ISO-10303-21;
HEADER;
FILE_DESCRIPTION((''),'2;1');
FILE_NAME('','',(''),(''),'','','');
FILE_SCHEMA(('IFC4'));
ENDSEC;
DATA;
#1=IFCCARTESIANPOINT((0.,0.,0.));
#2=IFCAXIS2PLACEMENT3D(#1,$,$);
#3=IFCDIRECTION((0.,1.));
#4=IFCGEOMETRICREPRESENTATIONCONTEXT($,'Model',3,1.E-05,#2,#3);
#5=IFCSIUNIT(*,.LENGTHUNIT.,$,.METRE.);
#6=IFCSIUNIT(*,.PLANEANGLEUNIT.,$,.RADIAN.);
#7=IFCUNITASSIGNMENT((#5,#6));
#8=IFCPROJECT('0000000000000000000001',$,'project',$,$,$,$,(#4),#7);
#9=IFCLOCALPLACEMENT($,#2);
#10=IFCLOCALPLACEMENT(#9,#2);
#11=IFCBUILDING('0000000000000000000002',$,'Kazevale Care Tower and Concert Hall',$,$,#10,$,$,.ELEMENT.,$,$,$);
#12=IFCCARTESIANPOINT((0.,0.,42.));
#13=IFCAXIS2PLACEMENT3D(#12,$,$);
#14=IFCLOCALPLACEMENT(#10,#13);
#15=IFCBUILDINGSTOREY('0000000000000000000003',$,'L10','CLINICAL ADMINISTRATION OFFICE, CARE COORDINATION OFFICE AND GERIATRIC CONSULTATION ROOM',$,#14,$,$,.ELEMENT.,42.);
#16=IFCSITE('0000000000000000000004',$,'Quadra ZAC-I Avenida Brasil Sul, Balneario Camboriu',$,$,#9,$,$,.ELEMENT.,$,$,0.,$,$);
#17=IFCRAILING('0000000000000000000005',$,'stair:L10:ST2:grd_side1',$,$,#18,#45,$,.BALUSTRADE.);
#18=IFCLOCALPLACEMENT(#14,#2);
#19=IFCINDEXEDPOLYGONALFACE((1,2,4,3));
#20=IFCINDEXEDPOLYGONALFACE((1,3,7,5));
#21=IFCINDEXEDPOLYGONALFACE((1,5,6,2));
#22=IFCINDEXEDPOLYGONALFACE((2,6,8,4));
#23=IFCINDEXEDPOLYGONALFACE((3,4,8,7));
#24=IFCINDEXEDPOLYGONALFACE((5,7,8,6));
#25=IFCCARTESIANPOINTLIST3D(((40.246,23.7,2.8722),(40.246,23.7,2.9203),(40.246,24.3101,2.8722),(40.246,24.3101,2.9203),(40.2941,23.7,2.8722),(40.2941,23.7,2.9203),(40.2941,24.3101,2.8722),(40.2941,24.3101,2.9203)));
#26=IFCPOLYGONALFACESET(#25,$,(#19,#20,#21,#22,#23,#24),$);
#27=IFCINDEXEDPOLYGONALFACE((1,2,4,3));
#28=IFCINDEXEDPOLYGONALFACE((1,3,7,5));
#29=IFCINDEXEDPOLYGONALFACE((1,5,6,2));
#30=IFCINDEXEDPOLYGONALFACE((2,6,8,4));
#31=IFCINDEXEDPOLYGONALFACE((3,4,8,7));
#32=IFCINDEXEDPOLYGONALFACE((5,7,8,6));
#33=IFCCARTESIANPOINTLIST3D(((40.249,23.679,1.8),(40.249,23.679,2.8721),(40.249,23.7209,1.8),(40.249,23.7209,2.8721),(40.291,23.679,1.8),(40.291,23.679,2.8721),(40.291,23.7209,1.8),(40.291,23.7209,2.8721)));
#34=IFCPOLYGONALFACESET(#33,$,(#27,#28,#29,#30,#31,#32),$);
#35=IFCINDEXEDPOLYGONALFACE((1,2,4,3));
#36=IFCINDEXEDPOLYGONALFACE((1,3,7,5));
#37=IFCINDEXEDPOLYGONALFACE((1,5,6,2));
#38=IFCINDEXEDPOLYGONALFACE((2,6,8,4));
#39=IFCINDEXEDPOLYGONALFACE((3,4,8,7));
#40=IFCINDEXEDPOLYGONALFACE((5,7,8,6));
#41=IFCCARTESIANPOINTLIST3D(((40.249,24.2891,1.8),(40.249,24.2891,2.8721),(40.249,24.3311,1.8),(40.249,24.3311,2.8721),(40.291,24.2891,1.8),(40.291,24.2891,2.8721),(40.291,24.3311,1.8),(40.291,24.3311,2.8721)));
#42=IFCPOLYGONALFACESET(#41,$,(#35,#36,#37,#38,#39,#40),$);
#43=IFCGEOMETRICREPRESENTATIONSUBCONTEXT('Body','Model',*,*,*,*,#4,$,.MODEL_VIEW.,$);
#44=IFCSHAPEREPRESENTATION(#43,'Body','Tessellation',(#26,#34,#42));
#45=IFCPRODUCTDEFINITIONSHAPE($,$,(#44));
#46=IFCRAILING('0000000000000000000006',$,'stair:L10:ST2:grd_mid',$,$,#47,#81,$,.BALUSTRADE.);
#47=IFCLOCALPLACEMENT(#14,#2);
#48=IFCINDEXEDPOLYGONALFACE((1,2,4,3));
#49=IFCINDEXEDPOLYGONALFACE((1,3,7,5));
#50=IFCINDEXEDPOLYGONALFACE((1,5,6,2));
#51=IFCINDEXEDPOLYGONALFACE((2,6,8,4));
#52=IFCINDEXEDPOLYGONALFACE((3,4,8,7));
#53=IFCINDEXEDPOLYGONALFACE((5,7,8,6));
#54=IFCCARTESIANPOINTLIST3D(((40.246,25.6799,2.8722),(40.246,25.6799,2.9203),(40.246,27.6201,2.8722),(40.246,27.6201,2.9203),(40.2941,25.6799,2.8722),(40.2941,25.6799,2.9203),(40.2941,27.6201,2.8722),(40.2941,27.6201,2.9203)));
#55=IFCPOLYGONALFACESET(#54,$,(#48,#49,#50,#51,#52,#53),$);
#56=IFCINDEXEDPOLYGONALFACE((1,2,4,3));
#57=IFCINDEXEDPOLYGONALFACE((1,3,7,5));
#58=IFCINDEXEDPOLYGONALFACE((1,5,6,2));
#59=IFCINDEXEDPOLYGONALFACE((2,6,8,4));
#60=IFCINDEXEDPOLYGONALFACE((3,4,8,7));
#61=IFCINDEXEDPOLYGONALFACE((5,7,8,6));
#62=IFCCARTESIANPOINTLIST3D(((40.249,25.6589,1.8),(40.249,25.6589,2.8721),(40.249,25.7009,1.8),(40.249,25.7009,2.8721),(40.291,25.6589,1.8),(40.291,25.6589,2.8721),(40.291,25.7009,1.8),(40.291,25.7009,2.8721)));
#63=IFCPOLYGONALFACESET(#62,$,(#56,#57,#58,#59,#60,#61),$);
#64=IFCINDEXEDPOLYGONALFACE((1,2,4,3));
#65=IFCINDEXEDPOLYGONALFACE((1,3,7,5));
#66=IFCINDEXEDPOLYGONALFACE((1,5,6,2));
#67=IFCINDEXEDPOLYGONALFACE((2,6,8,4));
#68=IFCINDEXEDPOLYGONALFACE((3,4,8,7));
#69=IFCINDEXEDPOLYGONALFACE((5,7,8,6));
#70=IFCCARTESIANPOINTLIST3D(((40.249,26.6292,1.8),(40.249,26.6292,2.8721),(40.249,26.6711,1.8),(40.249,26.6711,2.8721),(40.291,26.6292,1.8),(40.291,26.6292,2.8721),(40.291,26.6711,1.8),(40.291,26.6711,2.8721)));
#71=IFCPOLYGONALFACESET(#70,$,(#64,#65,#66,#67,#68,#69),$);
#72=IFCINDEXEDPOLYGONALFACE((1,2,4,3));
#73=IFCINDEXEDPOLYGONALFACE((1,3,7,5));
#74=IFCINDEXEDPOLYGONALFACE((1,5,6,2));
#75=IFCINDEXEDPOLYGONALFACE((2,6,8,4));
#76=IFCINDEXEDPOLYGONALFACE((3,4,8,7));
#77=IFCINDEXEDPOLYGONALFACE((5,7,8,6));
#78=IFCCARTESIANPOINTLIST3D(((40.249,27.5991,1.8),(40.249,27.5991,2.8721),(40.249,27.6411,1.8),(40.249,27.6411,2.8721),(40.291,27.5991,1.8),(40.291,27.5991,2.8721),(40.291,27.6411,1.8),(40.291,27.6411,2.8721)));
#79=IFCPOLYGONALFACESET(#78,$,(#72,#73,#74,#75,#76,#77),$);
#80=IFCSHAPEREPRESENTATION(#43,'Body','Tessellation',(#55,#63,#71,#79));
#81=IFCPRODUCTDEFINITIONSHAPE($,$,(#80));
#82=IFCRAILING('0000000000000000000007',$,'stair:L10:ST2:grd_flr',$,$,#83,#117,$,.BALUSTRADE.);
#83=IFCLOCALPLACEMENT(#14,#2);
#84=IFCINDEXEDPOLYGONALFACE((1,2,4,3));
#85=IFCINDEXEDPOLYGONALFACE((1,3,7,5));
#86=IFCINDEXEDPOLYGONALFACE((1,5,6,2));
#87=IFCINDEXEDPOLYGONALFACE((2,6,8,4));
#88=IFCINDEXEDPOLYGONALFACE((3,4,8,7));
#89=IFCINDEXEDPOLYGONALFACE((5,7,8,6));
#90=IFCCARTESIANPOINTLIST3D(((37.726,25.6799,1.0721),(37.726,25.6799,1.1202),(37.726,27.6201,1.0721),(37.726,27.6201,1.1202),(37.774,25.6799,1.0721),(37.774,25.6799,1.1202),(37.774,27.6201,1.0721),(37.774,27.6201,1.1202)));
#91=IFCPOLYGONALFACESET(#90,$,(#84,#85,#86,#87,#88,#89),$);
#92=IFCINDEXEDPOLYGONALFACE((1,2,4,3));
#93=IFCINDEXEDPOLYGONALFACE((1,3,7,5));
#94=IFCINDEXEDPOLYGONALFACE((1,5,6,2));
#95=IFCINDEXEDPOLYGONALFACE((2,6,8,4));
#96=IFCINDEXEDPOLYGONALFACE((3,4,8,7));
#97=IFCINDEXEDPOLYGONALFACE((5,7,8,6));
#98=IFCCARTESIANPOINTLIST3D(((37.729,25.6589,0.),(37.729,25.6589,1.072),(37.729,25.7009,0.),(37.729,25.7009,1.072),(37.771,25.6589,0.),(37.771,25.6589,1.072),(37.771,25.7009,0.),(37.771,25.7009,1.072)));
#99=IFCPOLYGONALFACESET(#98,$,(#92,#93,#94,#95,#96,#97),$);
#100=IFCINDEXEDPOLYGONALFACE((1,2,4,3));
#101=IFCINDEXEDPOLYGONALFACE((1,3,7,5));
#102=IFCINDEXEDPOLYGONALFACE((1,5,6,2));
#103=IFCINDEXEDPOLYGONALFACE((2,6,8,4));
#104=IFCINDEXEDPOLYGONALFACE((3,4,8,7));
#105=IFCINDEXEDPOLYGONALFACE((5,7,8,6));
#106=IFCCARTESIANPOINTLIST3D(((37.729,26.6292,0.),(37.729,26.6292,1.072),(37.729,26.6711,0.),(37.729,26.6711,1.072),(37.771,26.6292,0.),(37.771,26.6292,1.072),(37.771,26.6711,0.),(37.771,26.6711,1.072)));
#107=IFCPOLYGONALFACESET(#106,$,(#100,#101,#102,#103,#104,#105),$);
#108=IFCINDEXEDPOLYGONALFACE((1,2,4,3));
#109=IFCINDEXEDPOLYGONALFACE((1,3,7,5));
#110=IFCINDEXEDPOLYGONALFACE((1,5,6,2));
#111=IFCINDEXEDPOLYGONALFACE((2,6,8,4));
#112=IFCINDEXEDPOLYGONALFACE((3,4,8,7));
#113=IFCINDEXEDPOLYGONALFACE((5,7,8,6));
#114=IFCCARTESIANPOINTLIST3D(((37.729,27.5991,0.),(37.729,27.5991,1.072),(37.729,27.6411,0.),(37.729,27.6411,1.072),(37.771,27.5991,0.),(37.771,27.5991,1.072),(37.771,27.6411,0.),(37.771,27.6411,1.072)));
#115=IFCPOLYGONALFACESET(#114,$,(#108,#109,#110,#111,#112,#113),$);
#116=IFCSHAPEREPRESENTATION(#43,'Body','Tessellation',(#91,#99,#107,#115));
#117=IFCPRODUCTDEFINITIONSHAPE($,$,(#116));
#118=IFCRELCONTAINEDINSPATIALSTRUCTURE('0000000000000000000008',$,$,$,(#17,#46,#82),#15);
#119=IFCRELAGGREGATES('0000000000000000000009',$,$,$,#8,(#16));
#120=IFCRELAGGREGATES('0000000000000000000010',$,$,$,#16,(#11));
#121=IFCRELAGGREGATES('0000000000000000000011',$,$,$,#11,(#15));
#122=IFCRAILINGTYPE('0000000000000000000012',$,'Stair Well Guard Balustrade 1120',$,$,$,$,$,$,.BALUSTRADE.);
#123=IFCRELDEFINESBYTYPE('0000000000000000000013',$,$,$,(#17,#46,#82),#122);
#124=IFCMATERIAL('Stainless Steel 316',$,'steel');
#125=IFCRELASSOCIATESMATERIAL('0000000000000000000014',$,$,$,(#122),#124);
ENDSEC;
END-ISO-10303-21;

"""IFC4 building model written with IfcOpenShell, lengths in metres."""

from ifc_helpers import new_model, si_unit, direction, frame, origin, origin_2d, place, context, subcontext, project, spatial, rectangle, extrude, material, type_object, element, save


model = new_model("IFC4")

# Units and contexts
model_context = context("Model", 3, precision=1e-05, world=origin(), true_north=direction((0.0, 1.0)))
body_context = subcontext(model_context, "Body", "Model", "MODEL_VIEW")
ifc_project = project(units=[si_unit("LENGTHUNIT", "METRE"), si_unit("PLANEANGLEUNIT", "RADIAN")], contexts=[model_context])

# Site, building, storey
site_placement = place(None, origin())
site = spatial("IfcSite", under=ifc_project, at=site_placement, Name="Quadra ZAC-I Avenida Brasil Sul, Balneario Camboriu", CompositionType="ELEMENT", RefElevation=0.0)
building_placement = place(site_placement, origin())
building = spatial("IfcBuilding", under=site, at=building_placement, Name="Kazevale Care Tower and Concert Hall", CompositionType="ELEMENT")
storey_placement = place(building_placement, frame((0.0, 0.0, 42.0)))
storey = spatial("IfcBuildingStorey", under=building, at=storey_placement, Name="L10", Description="CLINICAL ADMINISTRATION OFFICE, CARE COORDINATION OFFICE AND GERIATRIC CONSULTATION ROOM", CompositionType="ELEMENT", Elevation=42.0)

# Railings
ifc_material_1 = material(Name="Stainless Steel 316", Category="steel")
railing_type_1 = type_object("IfcRailingType", Name="Stair Well Guard Balustrade 1120", PredefinedType="BALUSTRADE", material=ifc_material_1)
railing_1_placement = place(storey_placement, frame((40.27, 23.7, 1.8)))
element("IfcRailing", 1, at=railing_1_placement, inside=storey, type_object=railing_type_1, Name="stair:L10:ST2:grd_side1", PredefinedType="BALUSTRADE", context=body_context, shape_type="SweptSolid", body=[
    extrude(rectangle(XDim=0.0481, YDim=0.0481, at=origin_2d()), frame((0.0, 0.0, 1.0962), z_axis=(0.0, 1.0, 0.0), x_axis=(-1.0, 0.0, 0.0)), (0.0, 0.0, 1.0), 0.6101),
    extrude(rectangle(XDim=0.042, YDim=0.042, at=origin_2d()), origin(), (0.0, 0.0, 1.0), 1.072),
    extrude(rectangle(XDim=0.042, YDim=0.042, at=origin_2d()), frame((0.0, 0.6101, 0.0)), (0.0, 0.0, 1.0), 1.072),
])
for number, where, name in (
    (2, (40.27, 25.6799, 1.8), "stair:L10:ST2:grd_mid"),
    (3, (37.75, 25.6799, 0.0), "stair:L10:ST2:grd_flr"),
):
    element("IfcRailing", number, at=place(storey_placement, frame(where)), inside=storey, type_object=railing_type_1, Name=name, PredefinedType="BALUSTRADE", context=body_context, shape_type="SweptSolid", body=[
        extrude(rectangle(XDim=0.0481, YDim=0.0481, at=origin_2d()), frame((0.0, 0.0, 1.0962), z_axis=(0.0, 1.0, 0.0), x_axis=(-1.0, 0.0, 0.0)), (0.0, 0.0, 1.0), 1.9402),
        extrude(rectangle(XDim=0.042, YDim=0.042, at=origin_2d()), origin(), (0.0, 0.0, 1.0), 1.072),
        extrude(rectangle(XDim=0.042, YDim=0.042, at=origin_2d()), frame((0.0, 0.9702, 0.0)), (0.0, 0.0, 1.0), 1.072),
        extrude(rectangle(XDim=0.042, YDim=0.042, at=origin_2d()), frame((0.0, 1.9402, 0.0)), (0.0, 0.0, 1.0), 1.072),
    ])

save(model, "model.ifc")
